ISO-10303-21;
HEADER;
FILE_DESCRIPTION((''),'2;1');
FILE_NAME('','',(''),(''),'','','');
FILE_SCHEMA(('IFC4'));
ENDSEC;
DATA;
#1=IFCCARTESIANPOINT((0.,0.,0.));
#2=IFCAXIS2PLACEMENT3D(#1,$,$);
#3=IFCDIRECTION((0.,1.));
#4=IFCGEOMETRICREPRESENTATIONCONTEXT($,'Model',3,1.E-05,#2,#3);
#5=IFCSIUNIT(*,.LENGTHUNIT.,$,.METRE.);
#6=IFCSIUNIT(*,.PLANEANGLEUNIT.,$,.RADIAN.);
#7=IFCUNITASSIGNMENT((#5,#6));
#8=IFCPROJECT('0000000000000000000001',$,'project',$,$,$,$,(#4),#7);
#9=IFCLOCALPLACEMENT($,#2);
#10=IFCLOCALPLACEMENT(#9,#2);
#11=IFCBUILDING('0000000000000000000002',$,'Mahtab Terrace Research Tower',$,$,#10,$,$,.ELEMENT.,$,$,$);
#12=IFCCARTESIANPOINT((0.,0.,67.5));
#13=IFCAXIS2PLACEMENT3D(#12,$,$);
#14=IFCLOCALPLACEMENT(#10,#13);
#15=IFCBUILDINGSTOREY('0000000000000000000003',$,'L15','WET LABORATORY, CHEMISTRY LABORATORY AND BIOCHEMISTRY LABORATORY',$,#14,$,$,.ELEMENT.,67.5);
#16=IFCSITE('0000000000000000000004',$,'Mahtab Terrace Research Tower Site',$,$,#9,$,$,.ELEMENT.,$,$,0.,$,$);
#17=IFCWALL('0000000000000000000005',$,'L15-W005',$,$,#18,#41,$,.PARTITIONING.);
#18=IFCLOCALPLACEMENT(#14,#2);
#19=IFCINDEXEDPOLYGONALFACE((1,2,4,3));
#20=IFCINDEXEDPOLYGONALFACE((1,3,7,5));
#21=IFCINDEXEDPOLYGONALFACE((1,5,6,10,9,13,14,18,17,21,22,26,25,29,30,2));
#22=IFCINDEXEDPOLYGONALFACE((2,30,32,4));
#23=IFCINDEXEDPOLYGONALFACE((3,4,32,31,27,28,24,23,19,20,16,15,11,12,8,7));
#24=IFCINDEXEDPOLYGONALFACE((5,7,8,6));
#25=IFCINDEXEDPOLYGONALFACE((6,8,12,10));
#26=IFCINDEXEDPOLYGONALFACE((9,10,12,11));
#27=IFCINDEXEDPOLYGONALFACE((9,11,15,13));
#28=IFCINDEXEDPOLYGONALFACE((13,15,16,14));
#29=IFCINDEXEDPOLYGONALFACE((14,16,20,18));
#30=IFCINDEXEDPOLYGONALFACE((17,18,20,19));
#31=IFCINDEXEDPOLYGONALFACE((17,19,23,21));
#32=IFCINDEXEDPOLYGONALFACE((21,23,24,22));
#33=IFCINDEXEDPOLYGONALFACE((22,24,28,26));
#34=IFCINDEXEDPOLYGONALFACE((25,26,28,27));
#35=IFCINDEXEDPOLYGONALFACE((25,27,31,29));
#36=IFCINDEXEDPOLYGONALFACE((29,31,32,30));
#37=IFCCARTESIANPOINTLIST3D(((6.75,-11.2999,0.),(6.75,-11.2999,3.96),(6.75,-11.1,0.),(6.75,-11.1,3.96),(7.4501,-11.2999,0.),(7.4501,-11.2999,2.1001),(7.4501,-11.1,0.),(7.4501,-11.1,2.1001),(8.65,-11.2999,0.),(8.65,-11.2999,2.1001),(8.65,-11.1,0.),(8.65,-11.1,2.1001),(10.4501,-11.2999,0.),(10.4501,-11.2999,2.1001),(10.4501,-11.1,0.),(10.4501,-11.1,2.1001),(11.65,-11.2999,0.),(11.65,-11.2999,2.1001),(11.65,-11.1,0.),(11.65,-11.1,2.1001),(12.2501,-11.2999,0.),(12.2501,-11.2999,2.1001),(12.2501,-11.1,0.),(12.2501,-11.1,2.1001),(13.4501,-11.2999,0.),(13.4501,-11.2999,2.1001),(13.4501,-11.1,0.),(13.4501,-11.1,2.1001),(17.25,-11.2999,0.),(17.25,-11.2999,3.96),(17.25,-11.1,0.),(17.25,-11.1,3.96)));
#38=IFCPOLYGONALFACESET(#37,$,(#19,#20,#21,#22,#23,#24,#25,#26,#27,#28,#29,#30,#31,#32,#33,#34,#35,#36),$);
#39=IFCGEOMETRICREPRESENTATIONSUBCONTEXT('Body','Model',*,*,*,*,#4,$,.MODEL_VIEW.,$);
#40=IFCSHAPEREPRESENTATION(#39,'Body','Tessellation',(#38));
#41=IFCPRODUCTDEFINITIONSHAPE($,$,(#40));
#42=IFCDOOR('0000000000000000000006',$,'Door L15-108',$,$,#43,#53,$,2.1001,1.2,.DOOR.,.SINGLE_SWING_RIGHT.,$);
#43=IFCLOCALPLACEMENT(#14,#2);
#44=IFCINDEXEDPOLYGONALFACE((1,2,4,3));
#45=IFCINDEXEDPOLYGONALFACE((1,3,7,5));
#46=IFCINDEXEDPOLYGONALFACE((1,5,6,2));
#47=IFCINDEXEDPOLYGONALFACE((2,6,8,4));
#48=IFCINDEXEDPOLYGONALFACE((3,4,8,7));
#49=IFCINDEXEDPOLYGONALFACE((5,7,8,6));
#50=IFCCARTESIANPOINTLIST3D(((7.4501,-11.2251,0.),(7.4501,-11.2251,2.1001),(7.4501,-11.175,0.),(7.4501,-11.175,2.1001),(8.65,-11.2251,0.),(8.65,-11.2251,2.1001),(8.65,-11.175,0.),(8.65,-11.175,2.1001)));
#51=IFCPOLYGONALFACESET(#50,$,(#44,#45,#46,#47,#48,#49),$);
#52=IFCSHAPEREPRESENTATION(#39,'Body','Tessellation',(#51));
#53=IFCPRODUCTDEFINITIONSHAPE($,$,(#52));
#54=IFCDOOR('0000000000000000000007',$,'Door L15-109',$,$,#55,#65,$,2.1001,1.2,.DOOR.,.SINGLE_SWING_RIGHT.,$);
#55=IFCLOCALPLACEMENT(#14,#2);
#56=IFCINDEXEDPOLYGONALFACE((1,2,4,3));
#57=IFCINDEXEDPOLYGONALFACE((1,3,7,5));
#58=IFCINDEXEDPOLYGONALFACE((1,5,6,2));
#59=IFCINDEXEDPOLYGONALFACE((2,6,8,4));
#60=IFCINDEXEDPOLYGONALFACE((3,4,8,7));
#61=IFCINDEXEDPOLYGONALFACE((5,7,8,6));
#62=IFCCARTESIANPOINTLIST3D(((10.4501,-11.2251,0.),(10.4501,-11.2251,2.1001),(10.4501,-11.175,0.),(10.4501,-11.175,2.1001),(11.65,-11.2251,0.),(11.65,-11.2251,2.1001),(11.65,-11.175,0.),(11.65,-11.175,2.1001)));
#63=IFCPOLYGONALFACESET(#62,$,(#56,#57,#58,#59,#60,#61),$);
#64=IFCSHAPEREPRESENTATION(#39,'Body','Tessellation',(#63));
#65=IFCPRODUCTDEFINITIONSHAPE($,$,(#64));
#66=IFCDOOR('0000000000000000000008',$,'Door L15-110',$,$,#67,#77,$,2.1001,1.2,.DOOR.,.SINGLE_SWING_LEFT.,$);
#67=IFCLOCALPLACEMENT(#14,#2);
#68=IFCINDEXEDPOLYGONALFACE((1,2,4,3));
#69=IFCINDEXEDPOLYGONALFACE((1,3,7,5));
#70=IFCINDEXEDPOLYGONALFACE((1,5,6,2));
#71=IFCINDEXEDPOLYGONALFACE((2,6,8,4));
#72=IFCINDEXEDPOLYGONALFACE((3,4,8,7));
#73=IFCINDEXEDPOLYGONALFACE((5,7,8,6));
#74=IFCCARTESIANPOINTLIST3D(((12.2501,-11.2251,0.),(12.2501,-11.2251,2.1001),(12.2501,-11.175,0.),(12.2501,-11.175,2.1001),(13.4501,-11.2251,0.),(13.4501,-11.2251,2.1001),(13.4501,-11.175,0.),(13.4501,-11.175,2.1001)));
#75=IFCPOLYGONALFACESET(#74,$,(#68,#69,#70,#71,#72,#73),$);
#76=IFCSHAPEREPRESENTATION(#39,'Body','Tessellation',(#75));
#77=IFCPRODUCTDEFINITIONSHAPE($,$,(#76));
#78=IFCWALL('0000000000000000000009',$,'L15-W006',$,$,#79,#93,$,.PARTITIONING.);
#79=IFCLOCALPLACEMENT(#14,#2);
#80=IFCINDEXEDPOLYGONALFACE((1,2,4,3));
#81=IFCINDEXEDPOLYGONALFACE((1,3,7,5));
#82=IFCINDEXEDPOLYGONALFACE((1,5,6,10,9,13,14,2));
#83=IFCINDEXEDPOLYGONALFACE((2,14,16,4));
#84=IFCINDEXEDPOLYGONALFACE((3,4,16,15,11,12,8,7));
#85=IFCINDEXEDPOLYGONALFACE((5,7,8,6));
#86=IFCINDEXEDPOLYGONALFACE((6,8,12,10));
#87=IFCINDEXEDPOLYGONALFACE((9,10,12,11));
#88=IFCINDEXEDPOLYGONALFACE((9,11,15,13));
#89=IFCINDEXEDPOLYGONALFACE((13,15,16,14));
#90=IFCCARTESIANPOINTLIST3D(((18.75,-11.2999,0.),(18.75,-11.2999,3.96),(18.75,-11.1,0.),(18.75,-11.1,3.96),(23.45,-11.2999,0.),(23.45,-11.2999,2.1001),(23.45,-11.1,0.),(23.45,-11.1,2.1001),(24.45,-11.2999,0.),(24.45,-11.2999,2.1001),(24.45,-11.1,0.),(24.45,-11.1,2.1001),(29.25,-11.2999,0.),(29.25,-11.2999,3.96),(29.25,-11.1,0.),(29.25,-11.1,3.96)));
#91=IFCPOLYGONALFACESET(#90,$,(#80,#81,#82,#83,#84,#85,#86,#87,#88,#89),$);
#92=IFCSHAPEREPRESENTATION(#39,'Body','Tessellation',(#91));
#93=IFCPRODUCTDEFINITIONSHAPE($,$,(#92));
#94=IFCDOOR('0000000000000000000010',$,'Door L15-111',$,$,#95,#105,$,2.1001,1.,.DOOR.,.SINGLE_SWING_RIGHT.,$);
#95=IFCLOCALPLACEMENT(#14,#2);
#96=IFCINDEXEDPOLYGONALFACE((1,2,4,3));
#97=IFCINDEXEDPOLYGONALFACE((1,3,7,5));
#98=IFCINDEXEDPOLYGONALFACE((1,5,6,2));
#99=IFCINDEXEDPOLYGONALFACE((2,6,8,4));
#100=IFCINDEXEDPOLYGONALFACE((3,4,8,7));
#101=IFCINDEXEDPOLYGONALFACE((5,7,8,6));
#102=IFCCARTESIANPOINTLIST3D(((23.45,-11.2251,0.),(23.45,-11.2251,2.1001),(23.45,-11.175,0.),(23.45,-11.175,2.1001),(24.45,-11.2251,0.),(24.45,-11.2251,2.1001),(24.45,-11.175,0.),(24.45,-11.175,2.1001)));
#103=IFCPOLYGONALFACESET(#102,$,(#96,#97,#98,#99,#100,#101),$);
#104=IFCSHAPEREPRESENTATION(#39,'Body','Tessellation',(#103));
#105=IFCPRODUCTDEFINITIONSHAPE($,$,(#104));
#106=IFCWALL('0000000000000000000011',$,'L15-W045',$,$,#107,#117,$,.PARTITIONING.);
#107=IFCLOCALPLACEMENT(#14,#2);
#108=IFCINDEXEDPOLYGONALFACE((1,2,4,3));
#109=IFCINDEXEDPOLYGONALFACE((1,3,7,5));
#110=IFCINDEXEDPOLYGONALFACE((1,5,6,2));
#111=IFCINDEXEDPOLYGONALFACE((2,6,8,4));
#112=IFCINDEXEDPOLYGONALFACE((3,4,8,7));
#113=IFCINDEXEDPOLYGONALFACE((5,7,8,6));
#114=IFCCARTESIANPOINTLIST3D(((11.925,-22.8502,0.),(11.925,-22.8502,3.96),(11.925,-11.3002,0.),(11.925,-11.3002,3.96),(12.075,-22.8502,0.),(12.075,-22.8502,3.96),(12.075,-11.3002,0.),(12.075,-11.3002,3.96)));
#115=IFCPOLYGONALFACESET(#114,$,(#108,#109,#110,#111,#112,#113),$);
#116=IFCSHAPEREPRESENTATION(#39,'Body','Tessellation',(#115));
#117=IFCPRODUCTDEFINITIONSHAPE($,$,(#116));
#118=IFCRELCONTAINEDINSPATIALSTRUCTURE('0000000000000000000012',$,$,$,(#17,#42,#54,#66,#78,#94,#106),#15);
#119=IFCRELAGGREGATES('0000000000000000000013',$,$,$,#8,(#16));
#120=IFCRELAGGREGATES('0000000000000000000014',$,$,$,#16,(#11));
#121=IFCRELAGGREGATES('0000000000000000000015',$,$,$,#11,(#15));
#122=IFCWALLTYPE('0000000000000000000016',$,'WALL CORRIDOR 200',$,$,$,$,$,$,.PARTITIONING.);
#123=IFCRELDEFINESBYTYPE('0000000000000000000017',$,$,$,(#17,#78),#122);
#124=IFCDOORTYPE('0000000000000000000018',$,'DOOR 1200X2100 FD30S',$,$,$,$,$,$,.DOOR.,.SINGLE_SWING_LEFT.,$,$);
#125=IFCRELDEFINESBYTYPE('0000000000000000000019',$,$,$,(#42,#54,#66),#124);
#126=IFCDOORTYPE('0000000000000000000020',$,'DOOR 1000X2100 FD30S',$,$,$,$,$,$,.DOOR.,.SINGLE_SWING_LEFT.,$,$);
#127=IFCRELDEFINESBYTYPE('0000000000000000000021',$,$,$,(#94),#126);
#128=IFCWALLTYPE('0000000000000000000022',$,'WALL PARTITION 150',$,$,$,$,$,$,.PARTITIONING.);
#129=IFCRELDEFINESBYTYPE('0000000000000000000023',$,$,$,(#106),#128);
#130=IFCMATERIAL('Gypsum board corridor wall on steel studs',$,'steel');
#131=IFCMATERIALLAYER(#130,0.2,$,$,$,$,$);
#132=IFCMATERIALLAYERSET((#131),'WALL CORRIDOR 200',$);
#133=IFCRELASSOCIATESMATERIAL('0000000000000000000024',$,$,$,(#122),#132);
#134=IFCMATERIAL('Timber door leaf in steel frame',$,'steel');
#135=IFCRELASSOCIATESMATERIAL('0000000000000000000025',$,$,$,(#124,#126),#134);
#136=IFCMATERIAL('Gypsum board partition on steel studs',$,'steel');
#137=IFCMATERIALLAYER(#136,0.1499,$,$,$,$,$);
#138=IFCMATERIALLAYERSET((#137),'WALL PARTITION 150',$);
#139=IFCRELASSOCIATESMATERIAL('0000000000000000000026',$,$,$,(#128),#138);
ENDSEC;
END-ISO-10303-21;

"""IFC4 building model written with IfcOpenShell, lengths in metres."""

from ifc_helpers import new_model, si_unit, direction, frame, frame_2d, origin, place, context, subcontext, project, spatial, rectangle, extrude, material, layer, layer_set, type_object, element, fill, save


model = new_model("IFC4")

# Units and contexts
model_context = context("Model", 3, precision=1e-05, world=origin(), true_north=direction((0.0, 1.0)))
body_context = subcontext(model_context, "Body", "Model", "MODEL_VIEW")
ifc_project = project(units=[si_unit("LENGTHUNIT", "METRE"), si_unit("PLANEANGLEUNIT", "RADIAN")], contexts=[model_context])

# Site, building, storey
site_placement = place(None, origin())
site = spatial("IfcSite", under=ifc_project, at=site_placement, Name="Mahtab Terrace Research Tower Site", CompositionType="ELEMENT", RefElevation=0.0)
building_placement = place(site_placement, origin())
building = spatial("IfcBuilding", under=site, at=building_placement, Name="Mahtab Terrace Research Tower", CompositionType="ELEMENT")
storey_placement = place(building_placement, frame((0.0, 0.0, 67.5)))
storey = spatial("IfcBuildingStorey", under=building, at=storey_placement, Name="L15", Description="WET LABORATORY, CHEMISTRY LABORATORY AND BIOCHEMISTRY LABORATORY", CompositionType="ELEMENT", Elevation=67.5)

# Shared definitions
ifc_material_1 = material(Name="Timber door leaf in steel frame", Category="steel")

# Wall, openings, doors
ifc_material_2 = material(Name="Gypsum board corridor wall on steel studs", Category="steel")
ifc_layer_1 = layer(ifc_material_2, 0.2)
ifc_layer_set_1 = layer_set([ifc_layer_1], Name="WALL CORRIDOR 200")
wall_type_1 = type_object("IfcWallType", Name="WALL CORRIDOR 200", PredefinedType="PARTITIONING", material=ifc_layer_set_1)
wall_1_placement = place(storey_placement, frame((6.75, -11.2, 0.0), z_axis=(0.0, 0.0, 1.0), x_axis=(1.0, 0.0, 0.0)))
wall_1 = element("IfcWall", 1, at=wall_1_placement, inside=storey, type_object=wall_type_1, Name="L15-W005", PredefinedType="PARTITIONING", context=body_context, shape_type="SweptSolid", body=[
    extrude(rectangle(XDim=10.5, YDim=0.2, at=frame_2d((5.25, 0.0))), origin(), (0.0, 0.0, 1.0), 3.96),
])
opening_1_placement = place(wall_1_placement, frame((0.7, 0.0, 0.0)))
opening_1 = element("IfcOpeningElement", 2, at=opening_1_placement, cuts=wall_1, PredefinedType="OPENING", context=body_context, shape_type="SweptSolid", body=[
    extrude(rectangle(XDim=1.2, YDim=2.1001, at=frame_2d((0.6001, 1.05))), frame((0.0, 0.1099, 0.0), z_axis=(0.0, -1.0, 0.0), x_axis=(1.0, 0.0, 0.0)), (0.0, 0.0, 1.0), 0.22),
])
opening_2_placement = place(wall_1_placement, frame((3.7, 0.0, 0.0)))
opening_2 = element("IfcOpeningElement", 3, at=opening_2_placement, cuts=wall_1, PredefinedType="OPENING", context=body_context, shape_type="SweptSolid", body=[
    extrude(rectangle(XDim=1.2, YDim=2.1001, at=frame_2d((0.6001, 1.05))), frame((0.0, 0.1099, 0.0), z_axis=(0.0, -1.0, 0.0), x_axis=(1.0, 0.0, 0.0)), (0.0, 0.0, 1.0), 0.22),
])
opening_3_placement = place(wall_1_placement, frame((5.5, 0.0, 0.0)))
opening_3 = element("IfcOpeningElement", 4, at=opening_3_placement, cuts=wall_1, PredefinedType="OPENING", context=body_context, shape_type="SweptSolid", body=[
    extrude(rectangle(XDim=1.2, YDim=2.1001, at=frame_2d((0.6001, 1.05))), frame((0.0, 0.1099, 0.0), z_axis=(0.0, -1.0, 0.0), x_axis=(1.0, 0.0, 0.0)), (0.0, 0.0, 1.0), 0.22),
])
door_type_1 = type_object("IfcDoorType", Name="DOOR 1200X2100 FD30S", OperationType="SINGLE_SWING_LEFT", PredefinedType="DOOR", material=ifc_material_1)
door_1_placement = place(opening_1_placement, origin())
door_1 = element("IfcDoor", 5, at=door_1_placement, inside=storey, type_object=door_type_1, Name="Door L15-108", OperationType="SINGLE_SWING_RIGHT", OverallHeight=2.1001, OverallWidth=1.2, PredefinedType="DOOR", context=body_context, shape_type="SweptSolid", body=[
    extrude(rectangle(XDim=1.2, YDim=2.1001, at=frame_2d((0.6001, 1.05))), frame((0.0, 0.0249, 0.0), z_axis=(0.0, -1.0, 0.0), x_axis=(1.0, 0.0, 0.0)), (0.0, 0.0, 1.0), 0.05),
])
fill(opening_1, door_1)
door_2_placement = place(opening_2_placement, origin())
door_2 = element("IfcDoor", 6, at=door_2_placement, inside=storey, type_object=door_type_1, Name="Door L15-109", OperationType="SINGLE_SWING_RIGHT", OverallHeight=2.1001, OverallWidth=1.2, PredefinedType="DOOR", context=body_context, shape_type="SweptSolid", body=[
    extrude(rectangle(XDim=1.2, YDim=2.1001, at=frame_2d((0.6001, 1.05))), frame((0.0, 0.0249, 0.0), z_axis=(0.0, -1.0, 0.0), x_axis=(1.0, 0.0, 0.0)), (0.0, 0.0, 1.0), 0.05),
])
fill(opening_2, door_2)
door_3_placement = place(opening_3_placement, origin())
door_3 = element("IfcDoor", 7, at=door_3_placement, inside=storey, type_object=door_type_1, Name="Door L15-110", OperationType="SINGLE_SWING_LEFT", OverallHeight=2.1001, OverallWidth=1.2, PredefinedType="DOOR", context=body_context, shape_type="SweptSolid", body=[
    extrude(rectangle(XDim=1.2, YDim=2.1001, at=frame_2d((0.6001, 1.05))), frame((0.0, 0.0249, 0.0), z_axis=(0.0, -1.0, 0.0), x_axis=(1.0, 0.0, 0.0)), (0.0, 0.0, 1.0), 0.05),
])
fill(opening_3, door_3)

# Wall, opening, door
wall_2_placement = place(storey_placement, frame((18.75, -11.2, 0.0), z_axis=(0.0, 0.0, 1.0), x_axis=(1.0, 0.0, 0.0)))
wall_2 = element("IfcWall", 8, at=wall_2_placement, inside=storey, type_object=wall_type_1, Name="L15-W006", PredefinedType="PARTITIONING", context=body_context, shape_type="SweptSolid", body=[
    extrude(rectangle(XDim=10.5, YDim=0.2, at=frame_2d((5.25, 0.0))), origin(), (0.0, 0.0, 1.0), 3.96),
])
opening_4_placement = place(wall_2_placement, frame((4.7, 0.0, 0.0)))
opening_4 = element("IfcOpeningElement", 9, at=opening_4_placement, cuts=wall_2, PredefinedType="OPENING", context=body_context, shape_type="SweptSolid", body=[
    extrude(rectangle(XDim=1.0, YDim=2.1001, at=frame_2d((0.5, 1.05))), frame((0.0, 0.1099, 0.0), z_axis=(0.0, -1.0, 0.0), x_axis=(1.0, 0.0, 0.0)), (0.0, 0.0, 1.0), 0.22),
])
door_type_2 = type_object("IfcDoorType", Name="DOOR 1000X2100 FD30S", OperationType="SINGLE_SWING_LEFT", PredefinedType="DOOR", material=ifc_material_1)
door_4_placement = place(opening_4_placement, origin())
door_4 = element("IfcDoor", 10, at=door_4_placement, inside=storey, type_object=door_type_2, Name="Door L15-111", OperationType="SINGLE_SWING_RIGHT", OverallHeight=2.1001, OverallWidth=1.0, PredefinedType="DOOR", context=body_context, shape_type="SweptSolid", body=[
    extrude(rectangle(XDim=1.0, YDim=2.1001, at=frame_2d((0.5, 1.05))), frame((0.0, 0.0249, 0.0), z_axis=(0.0, -1.0, 0.0), x_axis=(1.0, 0.0, 0.0)), (0.0, 0.0, 1.0), 0.05),
])
fill(opening_4, door_4)

# Wall
ifc_material_3 = material(Name="Gypsum board partition on steel studs", Category="steel")
ifc_layer_2 = layer(ifc_material_3, 0.1499)
ifc_layer_set_2 = layer_set([ifc_layer_2], Name="WALL PARTITION 150")
wall_type_2 = type_object("IfcWallType", Name="WALL PARTITION 150", PredefinedType="PARTITIONING", material=ifc_layer_set_2)
wall_3_placement = place(storey_placement, frame((12.0, -22.8501, 0.0), z_axis=(0.0, 0.0, 1.0), x_axis=(0.0, 1.0, 0.0)))
element("IfcWall", 11, at=wall_3_placement, inside=storey, type_object=wall_type_2, Name="L15-W045", PredefinedType="PARTITIONING", context=body_context, shape_type="SweptSolid", body=[
    extrude(rectangle(XDim=11.55, YDim=0.1499, at=frame_2d((5.7749, 0.0))), origin(), (0.0, 0.0, 1.0), 3.96),
])

save(model, "model.ifc")
